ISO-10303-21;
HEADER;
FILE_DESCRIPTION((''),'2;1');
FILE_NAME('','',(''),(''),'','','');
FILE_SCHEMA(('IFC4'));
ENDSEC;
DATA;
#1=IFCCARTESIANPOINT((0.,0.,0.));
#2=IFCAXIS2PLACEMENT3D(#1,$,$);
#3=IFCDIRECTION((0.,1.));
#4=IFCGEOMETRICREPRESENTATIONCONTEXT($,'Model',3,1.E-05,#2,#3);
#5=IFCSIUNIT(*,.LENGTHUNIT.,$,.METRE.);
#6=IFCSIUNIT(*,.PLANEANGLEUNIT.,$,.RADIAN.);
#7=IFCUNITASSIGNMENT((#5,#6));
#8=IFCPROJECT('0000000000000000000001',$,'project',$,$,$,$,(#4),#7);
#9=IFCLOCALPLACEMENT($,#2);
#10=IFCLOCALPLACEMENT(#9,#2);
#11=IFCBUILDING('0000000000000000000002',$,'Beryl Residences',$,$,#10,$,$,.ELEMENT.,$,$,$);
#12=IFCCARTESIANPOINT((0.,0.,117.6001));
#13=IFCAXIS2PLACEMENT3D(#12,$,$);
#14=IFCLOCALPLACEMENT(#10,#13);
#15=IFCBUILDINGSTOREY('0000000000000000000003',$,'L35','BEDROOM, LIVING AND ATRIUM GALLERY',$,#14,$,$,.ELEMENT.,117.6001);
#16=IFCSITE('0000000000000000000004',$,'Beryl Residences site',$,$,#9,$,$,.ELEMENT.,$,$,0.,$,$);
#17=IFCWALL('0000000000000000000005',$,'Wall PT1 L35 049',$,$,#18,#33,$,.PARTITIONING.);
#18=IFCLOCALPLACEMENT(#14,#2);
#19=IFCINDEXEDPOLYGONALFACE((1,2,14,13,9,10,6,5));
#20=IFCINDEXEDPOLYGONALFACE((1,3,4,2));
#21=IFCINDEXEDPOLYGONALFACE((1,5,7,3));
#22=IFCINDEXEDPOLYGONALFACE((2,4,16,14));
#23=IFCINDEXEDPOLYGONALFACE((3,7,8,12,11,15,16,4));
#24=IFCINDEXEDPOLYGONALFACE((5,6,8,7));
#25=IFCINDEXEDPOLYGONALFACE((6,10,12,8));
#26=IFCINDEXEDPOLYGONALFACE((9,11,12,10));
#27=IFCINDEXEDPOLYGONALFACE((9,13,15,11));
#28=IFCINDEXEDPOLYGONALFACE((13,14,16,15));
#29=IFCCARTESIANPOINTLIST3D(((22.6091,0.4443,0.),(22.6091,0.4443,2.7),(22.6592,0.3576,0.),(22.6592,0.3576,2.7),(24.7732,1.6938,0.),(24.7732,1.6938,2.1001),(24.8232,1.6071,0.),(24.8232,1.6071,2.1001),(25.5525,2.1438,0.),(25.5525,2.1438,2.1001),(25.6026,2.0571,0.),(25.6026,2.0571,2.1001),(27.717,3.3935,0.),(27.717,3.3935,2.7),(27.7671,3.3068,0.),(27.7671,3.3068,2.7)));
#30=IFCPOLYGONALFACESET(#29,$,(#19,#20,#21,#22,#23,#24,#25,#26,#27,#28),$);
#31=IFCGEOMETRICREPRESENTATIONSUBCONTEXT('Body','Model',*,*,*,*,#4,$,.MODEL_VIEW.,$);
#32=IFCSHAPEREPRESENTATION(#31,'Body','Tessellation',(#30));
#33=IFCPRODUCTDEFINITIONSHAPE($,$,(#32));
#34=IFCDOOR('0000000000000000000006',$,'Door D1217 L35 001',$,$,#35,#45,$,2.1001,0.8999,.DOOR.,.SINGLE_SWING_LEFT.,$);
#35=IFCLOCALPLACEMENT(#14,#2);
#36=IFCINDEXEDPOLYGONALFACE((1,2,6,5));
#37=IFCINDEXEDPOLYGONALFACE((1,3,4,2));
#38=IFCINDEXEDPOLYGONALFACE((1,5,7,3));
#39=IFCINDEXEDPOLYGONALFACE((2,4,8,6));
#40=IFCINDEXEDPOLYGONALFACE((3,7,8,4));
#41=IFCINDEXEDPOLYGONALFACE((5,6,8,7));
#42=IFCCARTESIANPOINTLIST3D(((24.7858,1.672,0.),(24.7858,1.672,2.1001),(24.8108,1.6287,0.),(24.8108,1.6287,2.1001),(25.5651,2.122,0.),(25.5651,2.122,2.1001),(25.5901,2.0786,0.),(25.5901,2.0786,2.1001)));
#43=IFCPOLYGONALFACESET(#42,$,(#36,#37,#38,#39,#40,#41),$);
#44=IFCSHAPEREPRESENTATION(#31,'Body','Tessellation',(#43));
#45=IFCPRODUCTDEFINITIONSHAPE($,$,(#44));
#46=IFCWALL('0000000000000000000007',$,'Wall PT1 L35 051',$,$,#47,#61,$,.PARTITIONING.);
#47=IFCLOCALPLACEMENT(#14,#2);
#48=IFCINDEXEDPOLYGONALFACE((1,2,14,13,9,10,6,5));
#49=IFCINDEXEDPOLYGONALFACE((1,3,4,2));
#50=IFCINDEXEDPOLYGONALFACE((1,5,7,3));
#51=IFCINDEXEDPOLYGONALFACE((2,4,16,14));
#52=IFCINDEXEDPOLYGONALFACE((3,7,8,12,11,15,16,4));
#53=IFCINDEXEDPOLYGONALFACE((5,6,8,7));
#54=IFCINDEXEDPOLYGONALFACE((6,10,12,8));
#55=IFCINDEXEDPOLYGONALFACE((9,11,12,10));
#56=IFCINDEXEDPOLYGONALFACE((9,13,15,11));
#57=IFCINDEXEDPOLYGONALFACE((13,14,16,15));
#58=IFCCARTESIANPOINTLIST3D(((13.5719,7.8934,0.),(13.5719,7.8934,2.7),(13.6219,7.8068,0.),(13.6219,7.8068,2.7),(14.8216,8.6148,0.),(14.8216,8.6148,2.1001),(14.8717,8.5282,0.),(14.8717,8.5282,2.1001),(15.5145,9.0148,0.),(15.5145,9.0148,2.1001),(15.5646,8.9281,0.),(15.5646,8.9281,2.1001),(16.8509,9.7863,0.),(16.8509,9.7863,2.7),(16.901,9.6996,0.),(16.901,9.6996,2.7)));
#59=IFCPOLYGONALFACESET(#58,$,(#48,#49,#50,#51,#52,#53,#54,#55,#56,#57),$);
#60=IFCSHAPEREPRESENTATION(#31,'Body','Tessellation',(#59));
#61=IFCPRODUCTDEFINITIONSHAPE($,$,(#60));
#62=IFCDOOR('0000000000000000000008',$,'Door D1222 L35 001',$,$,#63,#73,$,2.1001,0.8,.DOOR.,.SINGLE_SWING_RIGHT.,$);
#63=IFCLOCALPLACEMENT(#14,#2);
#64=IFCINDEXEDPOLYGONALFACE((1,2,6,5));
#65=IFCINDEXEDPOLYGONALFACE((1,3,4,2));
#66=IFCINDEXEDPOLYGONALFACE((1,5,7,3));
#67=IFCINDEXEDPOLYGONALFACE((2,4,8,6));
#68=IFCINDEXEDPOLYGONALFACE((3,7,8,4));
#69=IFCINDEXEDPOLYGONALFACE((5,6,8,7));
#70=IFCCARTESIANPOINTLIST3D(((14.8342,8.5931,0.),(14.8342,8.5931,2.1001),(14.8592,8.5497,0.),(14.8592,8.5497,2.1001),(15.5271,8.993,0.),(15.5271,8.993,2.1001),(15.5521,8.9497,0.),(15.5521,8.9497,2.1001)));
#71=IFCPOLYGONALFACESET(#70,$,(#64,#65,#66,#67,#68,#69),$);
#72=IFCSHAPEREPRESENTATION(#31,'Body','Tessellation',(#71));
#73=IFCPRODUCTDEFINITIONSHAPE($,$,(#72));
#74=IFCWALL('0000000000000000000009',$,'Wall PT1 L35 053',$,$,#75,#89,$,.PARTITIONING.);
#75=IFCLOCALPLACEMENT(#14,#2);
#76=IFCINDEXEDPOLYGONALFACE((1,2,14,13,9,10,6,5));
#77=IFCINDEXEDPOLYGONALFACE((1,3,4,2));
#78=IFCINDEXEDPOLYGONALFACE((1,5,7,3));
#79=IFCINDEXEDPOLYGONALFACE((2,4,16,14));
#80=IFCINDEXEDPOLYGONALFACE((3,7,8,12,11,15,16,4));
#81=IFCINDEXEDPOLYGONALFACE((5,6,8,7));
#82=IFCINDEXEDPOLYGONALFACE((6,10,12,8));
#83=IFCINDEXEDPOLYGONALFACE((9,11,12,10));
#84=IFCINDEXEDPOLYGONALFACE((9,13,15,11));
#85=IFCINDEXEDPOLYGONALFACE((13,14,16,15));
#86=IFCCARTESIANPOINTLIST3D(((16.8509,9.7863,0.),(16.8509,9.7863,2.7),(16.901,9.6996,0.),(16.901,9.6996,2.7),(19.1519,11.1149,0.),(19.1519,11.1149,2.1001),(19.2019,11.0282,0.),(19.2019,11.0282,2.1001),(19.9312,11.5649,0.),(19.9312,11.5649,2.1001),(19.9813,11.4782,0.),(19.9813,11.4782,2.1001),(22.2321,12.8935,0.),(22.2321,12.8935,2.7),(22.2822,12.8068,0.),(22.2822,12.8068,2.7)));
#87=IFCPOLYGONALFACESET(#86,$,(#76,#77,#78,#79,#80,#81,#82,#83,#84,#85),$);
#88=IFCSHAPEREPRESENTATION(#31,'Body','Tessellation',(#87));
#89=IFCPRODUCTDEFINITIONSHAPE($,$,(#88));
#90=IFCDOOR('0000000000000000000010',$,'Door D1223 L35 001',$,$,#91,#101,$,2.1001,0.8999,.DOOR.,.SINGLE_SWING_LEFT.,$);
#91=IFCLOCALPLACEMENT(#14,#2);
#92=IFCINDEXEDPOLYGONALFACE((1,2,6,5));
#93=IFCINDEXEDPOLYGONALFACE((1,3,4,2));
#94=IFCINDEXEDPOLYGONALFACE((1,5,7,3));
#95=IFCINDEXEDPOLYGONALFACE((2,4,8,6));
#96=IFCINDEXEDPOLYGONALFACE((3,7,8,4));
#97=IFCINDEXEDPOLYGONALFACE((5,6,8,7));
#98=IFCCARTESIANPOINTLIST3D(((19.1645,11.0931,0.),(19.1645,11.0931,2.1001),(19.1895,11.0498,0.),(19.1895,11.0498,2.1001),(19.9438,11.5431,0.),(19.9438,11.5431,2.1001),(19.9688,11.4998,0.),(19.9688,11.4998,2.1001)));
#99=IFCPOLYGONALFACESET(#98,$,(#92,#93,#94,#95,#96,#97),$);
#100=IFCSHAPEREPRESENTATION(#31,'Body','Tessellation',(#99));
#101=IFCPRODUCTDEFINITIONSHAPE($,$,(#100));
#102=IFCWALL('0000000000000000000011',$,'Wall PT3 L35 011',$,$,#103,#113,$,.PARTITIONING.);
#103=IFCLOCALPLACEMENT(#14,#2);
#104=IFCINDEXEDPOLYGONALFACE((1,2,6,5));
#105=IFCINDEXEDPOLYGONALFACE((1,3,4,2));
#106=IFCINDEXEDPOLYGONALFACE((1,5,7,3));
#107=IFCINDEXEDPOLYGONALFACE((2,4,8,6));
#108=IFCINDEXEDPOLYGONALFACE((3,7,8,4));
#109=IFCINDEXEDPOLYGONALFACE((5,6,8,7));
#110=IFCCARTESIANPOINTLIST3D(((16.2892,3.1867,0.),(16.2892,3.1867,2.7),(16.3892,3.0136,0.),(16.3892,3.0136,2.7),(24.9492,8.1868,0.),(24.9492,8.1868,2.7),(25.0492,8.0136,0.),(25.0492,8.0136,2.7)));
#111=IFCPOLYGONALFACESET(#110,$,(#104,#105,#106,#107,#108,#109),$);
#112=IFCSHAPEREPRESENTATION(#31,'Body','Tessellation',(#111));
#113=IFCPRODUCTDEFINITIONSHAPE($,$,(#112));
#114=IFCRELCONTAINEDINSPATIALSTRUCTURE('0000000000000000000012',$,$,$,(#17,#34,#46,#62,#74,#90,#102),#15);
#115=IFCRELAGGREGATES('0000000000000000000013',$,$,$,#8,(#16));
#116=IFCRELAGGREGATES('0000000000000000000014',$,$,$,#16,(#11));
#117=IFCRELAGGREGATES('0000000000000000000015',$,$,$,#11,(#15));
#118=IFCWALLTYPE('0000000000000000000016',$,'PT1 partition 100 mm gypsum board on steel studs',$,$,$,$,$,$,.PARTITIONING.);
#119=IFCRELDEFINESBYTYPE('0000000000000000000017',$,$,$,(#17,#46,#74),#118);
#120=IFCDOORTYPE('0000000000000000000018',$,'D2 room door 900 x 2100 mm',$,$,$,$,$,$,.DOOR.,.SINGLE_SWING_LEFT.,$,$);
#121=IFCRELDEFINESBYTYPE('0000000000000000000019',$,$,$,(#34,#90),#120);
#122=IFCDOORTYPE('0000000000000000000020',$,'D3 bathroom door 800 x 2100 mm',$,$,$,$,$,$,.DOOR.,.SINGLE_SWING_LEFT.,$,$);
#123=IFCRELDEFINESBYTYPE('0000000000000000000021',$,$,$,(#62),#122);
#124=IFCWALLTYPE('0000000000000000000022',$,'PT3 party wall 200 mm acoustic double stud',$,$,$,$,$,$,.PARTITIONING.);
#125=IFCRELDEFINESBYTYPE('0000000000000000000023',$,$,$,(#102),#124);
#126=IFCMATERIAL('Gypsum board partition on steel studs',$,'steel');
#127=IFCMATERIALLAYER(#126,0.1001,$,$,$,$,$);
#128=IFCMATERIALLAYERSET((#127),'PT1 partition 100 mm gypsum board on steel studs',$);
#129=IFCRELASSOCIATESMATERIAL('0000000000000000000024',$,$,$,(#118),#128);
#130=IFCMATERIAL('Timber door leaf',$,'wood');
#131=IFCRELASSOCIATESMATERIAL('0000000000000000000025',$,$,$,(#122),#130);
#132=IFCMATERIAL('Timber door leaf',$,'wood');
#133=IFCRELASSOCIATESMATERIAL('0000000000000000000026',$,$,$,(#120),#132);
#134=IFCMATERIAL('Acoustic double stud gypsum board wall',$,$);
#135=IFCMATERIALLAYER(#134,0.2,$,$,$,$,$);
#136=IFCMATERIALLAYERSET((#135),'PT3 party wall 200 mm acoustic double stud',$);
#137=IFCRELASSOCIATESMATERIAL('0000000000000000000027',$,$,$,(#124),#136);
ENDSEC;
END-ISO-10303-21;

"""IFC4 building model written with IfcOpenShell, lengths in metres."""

from ifc_helpers import new_model, si_unit, direction, frame, frame_2d, origin, place, context, subcontext, project, spatial, rectangle, extrude, material, layer, layer_set, type_object, element, fill, save


model = new_model("IFC4")

# Units and contexts
model_context = context("Model", 3, precision=1e-05, world=origin(), true_north=direction((0.0, 1.0)))
body_context = subcontext(model_context, "Body", "Model", "MODEL_VIEW")
ifc_project = project(units=[si_unit("LENGTHUNIT", "METRE"), si_unit("PLANEANGLEUNIT", "RADIAN")], contexts=[model_context])

# Site, building, storey
site_placement = place(None, origin())
site = spatial("IfcSite", under=ifc_project, at=site_placement, Name="Beryl Residences site", CompositionType="ELEMENT", RefElevation=0.0)
building_placement = place(site_placement, origin())
building = spatial("IfcBuilding", under=site, at=building_placement, Name="Beryl Residences", CompositionType="ELEMENT")
storey_placement = place(building_placement, frame((0.0, 0.0, 117.6001)))
storey = spatial("IfcBuildingStorey", under=building, at=storey_placement, Name="L35", Description="BEDROOM, LIVING AND ATRIUM GALLERY", CompositionType="ELEMENT", Elevation=117.6001)

# Shared definitions
ifc_material_1 = material(Name="Gypsum board partition on steel studs", Category="steel")
ifc_layer_1 = layer(ifc_material_1, 0.1001)
ifc_layer_set_1 = layer_set([ifc_layer_1], Name="PT1 partition 100 mm gypsum board on steel studs")
wall_type_1 = type_object("IfcWallType", Name="PT1 partition 100 mm gypsum board on steel studs", PredefinedType="PARTITIONING", material=ifc_layer_set_1)
ifc_material_2 = material(Name="Timber door leaf", Category="wood")
door_type_1 = type_object("IfcDoorType", Name="D3 bathroom door 800 x 2100 mm", OperationType="SINGLE_SWING_LEFT", PredefinedType="DOOR", material=ifc_material_2)
ifc_material_3 = material(Name="Timber door leaf", Category="wood")
door_type_2 = type_object("IfcDoorType", Name="D2 room door 900 x 2100 mm", OperationType="SINGLE_SWING_LEFT", PredefinedType="DOOR", material=ifc_material_3)

# Walls, openings, doors
wall_1_placement = place(storey_placement, frame((22.634, 0.4009, 0.0), z_axis=(0.0, 0.0, 1.0), x_axis=(0.866013, 0.500021, 0.0)))
wall_1 = element("IfcWall", 1, at=wall_1_placement, inside=storey, type_object=wall_type_1, Name="Wall PT1 L35 049", PredefinedType="PARTITIONING", context=body_context, shape_type="SweptSolid", body=[
    extrude(rectangle(XDim=5.8982, YDim=0.1001, at=frame_2d((2.9492, 0.0))), origin(), (0.0, 0.0, 1.0), 2.7),
])
opening_1_placement = place(wall_1_placement, frame((2.499, 0.0, 0.0)))
opening_1 = element("IfcOpeningElement", 2, at=opening_1_placement, cuts=wall_1, PredefinedType="OPENING", context=body_context, shape_type="SweptSolid", body=[
    extrude(rectangle(XDim=0.8999, YDim=2.1001, at=frame_2d((0.45, 1.05))), frame((0.0, 0.0601, 0.0), z_axis=(0.0, -1.0, 0.0), x_axis=(1.0, 0.0, 0.0)), (0.0, 0.0, 1.0), 0.1201),
])
door_1_placement = place(opening_1_placement, origin())
door_1 = element("IfcDoor", 3, at=door_1_placement, inside=storey, type_object=door_type_2, Name="Door D1217 L35 001", OperationType="SINGLE_SWING_LEFT", OverallHeight=2.1001, OverallWidth=0.8999, PredefinedType="DOOR", context=body_context, shape_type="SweptSolid", body=[
    extrude(rectangle(XDim=0.8999, YDim=2.1001, at=frame_2d((0.45, 1.05))), frame((0.0, 0.0249, 0.0), z_axis=(0.0, -1.0, 0.0), x_axis=(1.0, 0.0, 0.0)), (0.0, 0.0, 1.0), 0.05),
])
fill(opening_1, door_1)
wall_2_placement = place(storey_placement, frame((13.5969, 7.8501, 0.0), z_axis=(0.0, 0.0, 1.0), x_axis=(0.866064, 0.499933, 0.0)))
wall_2 = element("IfcWall", 4, at=wall_2_placement, inside=storey, type_object=wall_type_1, Name="Wall PT1 L35 051", PredefinedType="PARTITIONING", context=body_context, shape_type="SweptSolid", body=[
    extrude(rectangle(XDim=3.7861, YDim=0.1001, at=frame_2d((1.8931, 0.0))), origin(), (0.0, 0.0, 1.0), 2.7),
])
opening_2_placement = place(wall_2_placement, frame((1.4431, 0.0, 0.0)))
opening_2 = element("IfcOpeningElement", 5, at=opening_2_placement, cuts=wall_2, PredefinedType="OPENING", context=body_context, shape_type="SweptSolid", body=[
    extrude(rectangle(XDim=0.8, YDim=2.1001, at=frame_2d((0.3999, 1.05))), frame((0.0, 0.0601, 0.0), z_axis=(0.0, -1.0, 0.0), x_axis=(1.0, 0.0, 0.0)), (0.0, 0.0, 1.0), 0.1201),
])
door_2_placement = place(opening_2_placement, origin())
door_2 = element("IfcDoor", 6, at=door_2_placement, inside=storey, type_object=door_type_1, Name="Door D1222 L35 001", OperationType="SINGLE_SWING_RIGHT", OverallHeight=2.1001, OverallWidth=0.8, PredefinedType="DOOR", context=body_context, shape_type="SweptSolid", body=[
    extrude(rectangle(XDim=0.8, YDim=2.1001, at=frame_2d((0.3999, 1.05))), frame((0.0, 0.0249, 0.0), z_axis=(0.0, -1.0, 0.0), x_axis=(1.0, 0.0, 0.0)), (0.0, 0.0, 1.0), 0.05),
])
fill(opening_2, door_2)
wall_3_placement = place(storey_placement, frame((16.876, 9.7429, 0.0), z_axis=(0.0, 0.0, 1.0), x_axis=(0.865998, 0.500048, 0.0)))
wall_3 = element("IfcWall", 7, at=wall_3_placement, inside=storey, type_object=wall_type_1, Name="Wall PT1 L35 053", PredefinedType="PARTITIONING", context=body_context, shape_type="SweptSolid", body=[
    extrude(rectangle(XDim=6.2139, YDim=0.1001, at=frame_2d((3.1069, 0.0))), origin(), (0.0, 0.0, 1.0), 2.7),
])
opening_3_placement = place(wall_3_placement, frame((2.657, 0.0, 0.0)))
opening_3 = element("IfcOpeningElement", 8, at=opening_3_placement, cuts=wall_3, PredefinedType="OPENING", context=body_context, shape_type="SweptSolid", body=[
    extrude(rectangle(XDim=0.8999, YDim=2.1001, at=frame_2d((0.45, 1.05))), frame((0.0, 0.0601, 0.0), z_axis=(0.0, -1.0, 0.0), x_axis=(1.0, 0.0, 0.0)), (0.0, 0.0, 1.0), 0.1201),
])
door_3_placement = place(opening_3_placement, origin())
door_3 = element("IfcDoor", 9, at=door_3_placement, inside=storey, type_object=door_type_2, Name="Door D1223 L35 001", OperationType="SINGLE_SWING_LEFT", OverallHeight=2.1001, OverallWidth=0.8999, PredefinedType="DOOR", context=body_context, shape_type="SweptSolid", body=[
    extrude(rectangle(XDim=0.8999, YDim=2.1001, at=frame_2d((0.45, 1.05))), frame((0.0, 0.0249, 0.0), z_axis=(0.0, -1.0, 0.0), x_axis=(1.0, 0.0, 0.0)), (0.0, 0.0, 1.0), 0.05),
])
fill(opening_3, door_3)

# Wall
ifc_material_4 = material(Name="Acoustic double stud gypsum board wall")
ifc_layer_2 = layer(ifc_material_4, 0.2)
ifc_layer_set_2 = layer_set([ifc_layer_2], Name="PT3 party wall 200 mm acoustic double stud")
wall_type_2 = type_object("IfcWallType", Name="PT3 party wall 200 mm acoustic double stud", PredefinedType="PARTITIONING", material=ifc_layer_set_2)
wall_4_placement = place(storey_placement, frame((16.3391, 3.1001, 0.0), z_axis=(0.0, 0.0, 1.0), x_axis=(0.866017, 0.500015, 0.0)))
element("IfcWall", 10, at=wall_4_placement, inside=storey, type_object=wall_type_2, Name="Wall PT3 L35 011", PredefinedType="PARTITIONING", context=body_context, shape_type="SweptSolid", body=[
    extrude(rectangle(XDim=9.9998, YDim=0.2, at=frame_2d((5.0, 0.0))), origin(), (0.0, 0.0, 1.0), 2.7),
])

save(model, "model.ifc")
